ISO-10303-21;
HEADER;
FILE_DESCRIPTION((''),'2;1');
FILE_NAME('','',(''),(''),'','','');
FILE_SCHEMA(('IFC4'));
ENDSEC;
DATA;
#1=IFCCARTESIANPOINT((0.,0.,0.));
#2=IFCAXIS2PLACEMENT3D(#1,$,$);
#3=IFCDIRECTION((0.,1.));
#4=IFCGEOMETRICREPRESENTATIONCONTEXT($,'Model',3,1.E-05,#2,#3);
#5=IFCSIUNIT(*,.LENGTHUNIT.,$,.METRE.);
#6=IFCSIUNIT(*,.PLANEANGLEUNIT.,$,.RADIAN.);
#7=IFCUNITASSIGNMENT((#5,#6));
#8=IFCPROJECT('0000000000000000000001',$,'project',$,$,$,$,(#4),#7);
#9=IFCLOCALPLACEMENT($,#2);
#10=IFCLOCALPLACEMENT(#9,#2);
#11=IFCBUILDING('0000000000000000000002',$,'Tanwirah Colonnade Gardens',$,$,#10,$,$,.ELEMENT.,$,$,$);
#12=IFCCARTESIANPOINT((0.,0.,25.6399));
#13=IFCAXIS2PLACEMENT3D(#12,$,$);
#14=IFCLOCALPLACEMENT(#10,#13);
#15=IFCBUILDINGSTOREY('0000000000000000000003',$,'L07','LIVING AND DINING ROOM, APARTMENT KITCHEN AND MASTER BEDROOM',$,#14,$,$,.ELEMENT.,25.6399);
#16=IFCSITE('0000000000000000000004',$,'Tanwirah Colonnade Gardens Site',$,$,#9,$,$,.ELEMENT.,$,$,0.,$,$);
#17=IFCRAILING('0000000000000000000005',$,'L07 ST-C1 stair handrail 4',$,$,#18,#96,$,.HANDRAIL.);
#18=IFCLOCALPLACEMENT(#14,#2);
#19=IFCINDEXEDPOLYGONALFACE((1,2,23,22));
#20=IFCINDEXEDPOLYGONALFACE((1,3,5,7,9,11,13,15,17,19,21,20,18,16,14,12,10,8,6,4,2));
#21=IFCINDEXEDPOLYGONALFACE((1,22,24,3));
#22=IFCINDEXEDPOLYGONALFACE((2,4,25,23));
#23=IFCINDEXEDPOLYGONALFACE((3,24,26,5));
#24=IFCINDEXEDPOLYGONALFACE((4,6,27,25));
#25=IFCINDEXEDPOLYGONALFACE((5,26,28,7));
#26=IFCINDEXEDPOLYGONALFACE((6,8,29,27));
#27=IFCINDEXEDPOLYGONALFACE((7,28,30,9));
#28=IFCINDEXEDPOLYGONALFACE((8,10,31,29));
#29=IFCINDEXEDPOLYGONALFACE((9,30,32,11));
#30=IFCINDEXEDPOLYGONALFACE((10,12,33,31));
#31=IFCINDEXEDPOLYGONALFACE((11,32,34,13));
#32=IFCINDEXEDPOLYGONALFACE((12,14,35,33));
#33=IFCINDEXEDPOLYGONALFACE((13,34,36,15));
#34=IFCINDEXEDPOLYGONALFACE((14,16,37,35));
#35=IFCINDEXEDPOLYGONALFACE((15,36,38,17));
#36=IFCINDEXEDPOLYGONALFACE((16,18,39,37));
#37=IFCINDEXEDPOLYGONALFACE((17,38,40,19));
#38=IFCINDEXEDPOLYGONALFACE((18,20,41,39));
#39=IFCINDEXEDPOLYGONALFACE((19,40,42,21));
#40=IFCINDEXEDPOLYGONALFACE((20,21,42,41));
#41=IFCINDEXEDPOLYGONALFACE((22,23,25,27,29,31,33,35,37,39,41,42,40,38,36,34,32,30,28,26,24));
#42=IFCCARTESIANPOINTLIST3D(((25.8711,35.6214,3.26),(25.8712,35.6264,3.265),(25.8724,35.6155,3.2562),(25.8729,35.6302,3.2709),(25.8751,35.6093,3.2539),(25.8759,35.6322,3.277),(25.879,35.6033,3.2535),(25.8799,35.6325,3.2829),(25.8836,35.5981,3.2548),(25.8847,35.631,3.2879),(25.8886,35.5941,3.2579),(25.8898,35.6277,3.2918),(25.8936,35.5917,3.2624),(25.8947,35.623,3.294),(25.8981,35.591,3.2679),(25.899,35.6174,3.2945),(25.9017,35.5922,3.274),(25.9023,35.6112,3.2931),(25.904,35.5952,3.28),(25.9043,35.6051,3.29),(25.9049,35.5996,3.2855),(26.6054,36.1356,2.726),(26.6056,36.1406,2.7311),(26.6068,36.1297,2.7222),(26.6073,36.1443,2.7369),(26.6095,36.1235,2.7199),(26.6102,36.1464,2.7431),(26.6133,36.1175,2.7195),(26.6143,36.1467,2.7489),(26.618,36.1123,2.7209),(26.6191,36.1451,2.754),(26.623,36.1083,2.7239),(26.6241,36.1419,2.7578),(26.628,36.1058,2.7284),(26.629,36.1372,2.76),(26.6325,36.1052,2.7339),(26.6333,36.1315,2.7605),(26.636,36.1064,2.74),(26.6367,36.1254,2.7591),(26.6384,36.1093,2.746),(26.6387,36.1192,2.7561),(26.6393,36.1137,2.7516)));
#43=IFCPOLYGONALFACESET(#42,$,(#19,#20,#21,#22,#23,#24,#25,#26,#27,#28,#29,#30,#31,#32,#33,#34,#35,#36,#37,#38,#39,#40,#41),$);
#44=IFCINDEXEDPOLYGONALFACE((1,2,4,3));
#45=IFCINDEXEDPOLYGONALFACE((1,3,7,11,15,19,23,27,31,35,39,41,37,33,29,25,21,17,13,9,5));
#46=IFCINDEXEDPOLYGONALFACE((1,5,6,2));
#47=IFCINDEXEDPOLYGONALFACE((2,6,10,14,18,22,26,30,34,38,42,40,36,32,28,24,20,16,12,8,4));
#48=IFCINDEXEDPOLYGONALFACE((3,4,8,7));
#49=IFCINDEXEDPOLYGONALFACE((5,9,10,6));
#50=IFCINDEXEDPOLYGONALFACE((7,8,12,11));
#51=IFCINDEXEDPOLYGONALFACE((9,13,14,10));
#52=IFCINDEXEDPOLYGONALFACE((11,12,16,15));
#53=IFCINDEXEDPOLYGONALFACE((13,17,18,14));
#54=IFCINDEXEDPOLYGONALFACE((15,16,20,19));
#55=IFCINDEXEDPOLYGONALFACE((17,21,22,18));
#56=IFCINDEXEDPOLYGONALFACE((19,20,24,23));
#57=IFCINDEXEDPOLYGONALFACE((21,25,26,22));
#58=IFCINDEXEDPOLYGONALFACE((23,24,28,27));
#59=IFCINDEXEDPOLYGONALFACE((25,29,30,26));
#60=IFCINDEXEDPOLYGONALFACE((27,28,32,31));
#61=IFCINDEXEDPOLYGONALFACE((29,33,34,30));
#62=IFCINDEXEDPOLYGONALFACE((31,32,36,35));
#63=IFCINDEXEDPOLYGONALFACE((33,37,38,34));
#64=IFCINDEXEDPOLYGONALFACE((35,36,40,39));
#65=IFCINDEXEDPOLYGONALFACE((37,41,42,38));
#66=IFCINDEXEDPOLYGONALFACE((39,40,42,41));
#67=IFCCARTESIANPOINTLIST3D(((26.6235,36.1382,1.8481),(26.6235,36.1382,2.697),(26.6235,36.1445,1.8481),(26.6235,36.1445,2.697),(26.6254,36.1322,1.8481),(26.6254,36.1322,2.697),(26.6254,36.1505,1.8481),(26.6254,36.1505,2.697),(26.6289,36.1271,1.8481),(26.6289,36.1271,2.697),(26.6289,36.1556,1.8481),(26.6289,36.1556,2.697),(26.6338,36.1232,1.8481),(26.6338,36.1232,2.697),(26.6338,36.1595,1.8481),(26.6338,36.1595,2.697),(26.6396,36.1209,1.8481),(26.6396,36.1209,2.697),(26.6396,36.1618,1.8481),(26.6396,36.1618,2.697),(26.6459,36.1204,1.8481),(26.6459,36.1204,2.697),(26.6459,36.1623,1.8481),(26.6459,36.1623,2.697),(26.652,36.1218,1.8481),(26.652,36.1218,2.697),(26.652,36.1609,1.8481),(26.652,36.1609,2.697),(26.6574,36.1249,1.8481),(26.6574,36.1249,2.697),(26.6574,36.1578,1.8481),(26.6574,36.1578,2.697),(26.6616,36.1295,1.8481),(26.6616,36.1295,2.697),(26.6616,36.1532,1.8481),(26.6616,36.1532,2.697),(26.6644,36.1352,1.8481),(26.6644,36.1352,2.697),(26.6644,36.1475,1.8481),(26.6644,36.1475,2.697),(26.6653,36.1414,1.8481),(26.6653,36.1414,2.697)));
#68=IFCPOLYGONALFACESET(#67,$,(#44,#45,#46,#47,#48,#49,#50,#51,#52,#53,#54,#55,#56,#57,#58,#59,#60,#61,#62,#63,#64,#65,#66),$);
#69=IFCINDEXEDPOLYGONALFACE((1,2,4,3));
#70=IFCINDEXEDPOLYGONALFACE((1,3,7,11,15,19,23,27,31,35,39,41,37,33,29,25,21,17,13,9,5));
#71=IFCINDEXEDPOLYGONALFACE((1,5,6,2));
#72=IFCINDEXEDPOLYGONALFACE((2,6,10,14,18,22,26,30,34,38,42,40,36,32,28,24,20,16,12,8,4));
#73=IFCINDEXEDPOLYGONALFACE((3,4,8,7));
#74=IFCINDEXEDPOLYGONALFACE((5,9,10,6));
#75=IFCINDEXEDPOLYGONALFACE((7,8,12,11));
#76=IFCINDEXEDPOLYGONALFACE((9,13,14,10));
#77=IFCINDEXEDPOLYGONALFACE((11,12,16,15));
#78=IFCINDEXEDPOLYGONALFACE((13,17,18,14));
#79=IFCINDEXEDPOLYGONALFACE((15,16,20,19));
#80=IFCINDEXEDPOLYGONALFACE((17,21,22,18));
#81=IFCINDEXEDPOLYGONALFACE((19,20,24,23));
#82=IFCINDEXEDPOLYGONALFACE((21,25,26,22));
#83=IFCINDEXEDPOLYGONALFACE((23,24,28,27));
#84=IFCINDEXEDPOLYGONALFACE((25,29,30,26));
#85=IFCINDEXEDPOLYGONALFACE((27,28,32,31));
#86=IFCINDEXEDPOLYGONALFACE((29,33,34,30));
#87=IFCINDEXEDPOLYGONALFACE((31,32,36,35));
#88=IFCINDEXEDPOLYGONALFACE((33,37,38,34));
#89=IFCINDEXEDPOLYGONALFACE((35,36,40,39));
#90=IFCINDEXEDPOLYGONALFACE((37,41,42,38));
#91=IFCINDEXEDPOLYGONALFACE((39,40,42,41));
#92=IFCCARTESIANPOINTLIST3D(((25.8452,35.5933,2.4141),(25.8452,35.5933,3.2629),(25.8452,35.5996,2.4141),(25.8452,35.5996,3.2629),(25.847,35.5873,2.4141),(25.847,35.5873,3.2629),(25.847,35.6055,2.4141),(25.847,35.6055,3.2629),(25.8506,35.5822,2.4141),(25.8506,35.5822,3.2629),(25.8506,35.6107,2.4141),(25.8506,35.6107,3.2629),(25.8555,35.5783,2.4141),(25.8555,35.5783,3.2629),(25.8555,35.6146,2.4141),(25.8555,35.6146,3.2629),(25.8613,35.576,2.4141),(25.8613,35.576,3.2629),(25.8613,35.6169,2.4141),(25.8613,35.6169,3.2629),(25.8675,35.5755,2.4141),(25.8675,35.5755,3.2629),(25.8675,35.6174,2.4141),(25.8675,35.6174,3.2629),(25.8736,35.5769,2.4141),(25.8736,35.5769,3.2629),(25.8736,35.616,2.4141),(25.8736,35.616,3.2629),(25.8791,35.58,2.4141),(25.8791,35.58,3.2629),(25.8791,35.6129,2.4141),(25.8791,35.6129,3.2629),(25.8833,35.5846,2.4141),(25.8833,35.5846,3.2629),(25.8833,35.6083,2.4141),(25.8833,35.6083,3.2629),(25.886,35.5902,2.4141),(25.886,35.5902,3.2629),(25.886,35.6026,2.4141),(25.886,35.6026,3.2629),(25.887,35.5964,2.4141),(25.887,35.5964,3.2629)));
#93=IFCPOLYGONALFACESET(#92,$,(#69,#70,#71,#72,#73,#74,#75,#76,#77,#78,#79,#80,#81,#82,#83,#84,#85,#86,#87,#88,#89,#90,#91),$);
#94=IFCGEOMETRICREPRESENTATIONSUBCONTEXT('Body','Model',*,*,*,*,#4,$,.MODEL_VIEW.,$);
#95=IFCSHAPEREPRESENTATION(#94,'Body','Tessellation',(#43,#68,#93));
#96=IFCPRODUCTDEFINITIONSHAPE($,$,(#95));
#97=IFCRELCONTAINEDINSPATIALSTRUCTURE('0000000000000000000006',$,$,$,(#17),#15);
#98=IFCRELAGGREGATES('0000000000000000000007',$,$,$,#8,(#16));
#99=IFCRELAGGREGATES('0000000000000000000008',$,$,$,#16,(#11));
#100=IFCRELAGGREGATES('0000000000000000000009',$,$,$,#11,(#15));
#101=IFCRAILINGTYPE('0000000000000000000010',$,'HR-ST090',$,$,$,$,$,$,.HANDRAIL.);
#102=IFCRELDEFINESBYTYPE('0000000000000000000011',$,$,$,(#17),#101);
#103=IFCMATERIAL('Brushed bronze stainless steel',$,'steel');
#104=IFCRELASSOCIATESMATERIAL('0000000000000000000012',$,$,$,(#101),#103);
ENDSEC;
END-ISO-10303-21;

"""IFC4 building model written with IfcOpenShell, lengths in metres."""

from ifc_helpers import new_model, si_unit, direction, frame, origin, origin_2d, place, context, subcontext, project, spatial, circle, extrude, material, type_object, element, save


model = new_model("IFC4")

# Units and contexts
model_context = context("Model", 3, precision=1e-05, world=origin(), true_north=direction((0.0, 1.0)))
body_context = subcontext(model_context, "Body", "Model", "MODEL_VIEW")
ifc_project = project(units=[si_unit("LENGTHUNIT", "METRE"), si_unit("PLANEANGLEUNIT", "RADIAN")], contexts=[model_context])

# Site, building, storey
site_placement = place(None, origin())
site = spatial("IfcSite", under=ifc_project, at=site_placement, Name="Tanwirah Colonnade Gardens Site", CompositionType="ELEMENT", RefElevation=0.0)
building_placement = place(site_placement, origin())
building = spatial("IfcBuilding", under=site, at=building_placement, Name="Tanwirah Colonnade Gardens", CompositionType="ELEMENT")
storey_placement = place(building_placement, frame((0.0, 0.0, 25.6399)))
storey = spatial("IfcBuildingStorey", under=building, at=storey_placement, Name="L07", Description="LIVING AND DINING ROOM, APARTMENT KITCHEN AND MASTER BEDROOM", CompositionType="ELEMENT", Elevation=25.6399)

# Railing
ifc_material_1 = material(Name="Brushed bronze stainless steel", Category="steel")
railing_type_1 = type_object("IfcRailingType", Name="HR-ST090", PredefinedType="HANDRAIL", material=ifc_material_1)
railing_1_placement = place(storey_placement, frame((26.6443, 36.1414, 1.8481)))
element("IfcRailing", 1, at=railing_1_placement, inside=storey, type_object=railing_type_1, Name="L07 ST-C1 stair handrail 4", PredefinedType="HANDRAIL", context=body_context, shape_type="SweptSolid", body=[
    extrude(circle(Radius=0.0239, at=origin_2d()), frame((-0.022, -0.0154, 0.8918), z_axis=(-0.703797, -0.492747, 0.511732), x_axis=(0.573531, -0.819184, 0.0)), (0.0, 0.0, 1.0), 1.0435),
    extrude(circle(Radius=0.021, at=origin_2d()), origin(), (0.0, 0.0, 1.0), 0.8489),
    extrude(circle(Radius=0.021, at=origin_2d()), frame((-0.7783, -0.5449, 0.5659)), (0.0, 0.0, 1.0), 0.8489),
])

save(model, "model.ifc")
